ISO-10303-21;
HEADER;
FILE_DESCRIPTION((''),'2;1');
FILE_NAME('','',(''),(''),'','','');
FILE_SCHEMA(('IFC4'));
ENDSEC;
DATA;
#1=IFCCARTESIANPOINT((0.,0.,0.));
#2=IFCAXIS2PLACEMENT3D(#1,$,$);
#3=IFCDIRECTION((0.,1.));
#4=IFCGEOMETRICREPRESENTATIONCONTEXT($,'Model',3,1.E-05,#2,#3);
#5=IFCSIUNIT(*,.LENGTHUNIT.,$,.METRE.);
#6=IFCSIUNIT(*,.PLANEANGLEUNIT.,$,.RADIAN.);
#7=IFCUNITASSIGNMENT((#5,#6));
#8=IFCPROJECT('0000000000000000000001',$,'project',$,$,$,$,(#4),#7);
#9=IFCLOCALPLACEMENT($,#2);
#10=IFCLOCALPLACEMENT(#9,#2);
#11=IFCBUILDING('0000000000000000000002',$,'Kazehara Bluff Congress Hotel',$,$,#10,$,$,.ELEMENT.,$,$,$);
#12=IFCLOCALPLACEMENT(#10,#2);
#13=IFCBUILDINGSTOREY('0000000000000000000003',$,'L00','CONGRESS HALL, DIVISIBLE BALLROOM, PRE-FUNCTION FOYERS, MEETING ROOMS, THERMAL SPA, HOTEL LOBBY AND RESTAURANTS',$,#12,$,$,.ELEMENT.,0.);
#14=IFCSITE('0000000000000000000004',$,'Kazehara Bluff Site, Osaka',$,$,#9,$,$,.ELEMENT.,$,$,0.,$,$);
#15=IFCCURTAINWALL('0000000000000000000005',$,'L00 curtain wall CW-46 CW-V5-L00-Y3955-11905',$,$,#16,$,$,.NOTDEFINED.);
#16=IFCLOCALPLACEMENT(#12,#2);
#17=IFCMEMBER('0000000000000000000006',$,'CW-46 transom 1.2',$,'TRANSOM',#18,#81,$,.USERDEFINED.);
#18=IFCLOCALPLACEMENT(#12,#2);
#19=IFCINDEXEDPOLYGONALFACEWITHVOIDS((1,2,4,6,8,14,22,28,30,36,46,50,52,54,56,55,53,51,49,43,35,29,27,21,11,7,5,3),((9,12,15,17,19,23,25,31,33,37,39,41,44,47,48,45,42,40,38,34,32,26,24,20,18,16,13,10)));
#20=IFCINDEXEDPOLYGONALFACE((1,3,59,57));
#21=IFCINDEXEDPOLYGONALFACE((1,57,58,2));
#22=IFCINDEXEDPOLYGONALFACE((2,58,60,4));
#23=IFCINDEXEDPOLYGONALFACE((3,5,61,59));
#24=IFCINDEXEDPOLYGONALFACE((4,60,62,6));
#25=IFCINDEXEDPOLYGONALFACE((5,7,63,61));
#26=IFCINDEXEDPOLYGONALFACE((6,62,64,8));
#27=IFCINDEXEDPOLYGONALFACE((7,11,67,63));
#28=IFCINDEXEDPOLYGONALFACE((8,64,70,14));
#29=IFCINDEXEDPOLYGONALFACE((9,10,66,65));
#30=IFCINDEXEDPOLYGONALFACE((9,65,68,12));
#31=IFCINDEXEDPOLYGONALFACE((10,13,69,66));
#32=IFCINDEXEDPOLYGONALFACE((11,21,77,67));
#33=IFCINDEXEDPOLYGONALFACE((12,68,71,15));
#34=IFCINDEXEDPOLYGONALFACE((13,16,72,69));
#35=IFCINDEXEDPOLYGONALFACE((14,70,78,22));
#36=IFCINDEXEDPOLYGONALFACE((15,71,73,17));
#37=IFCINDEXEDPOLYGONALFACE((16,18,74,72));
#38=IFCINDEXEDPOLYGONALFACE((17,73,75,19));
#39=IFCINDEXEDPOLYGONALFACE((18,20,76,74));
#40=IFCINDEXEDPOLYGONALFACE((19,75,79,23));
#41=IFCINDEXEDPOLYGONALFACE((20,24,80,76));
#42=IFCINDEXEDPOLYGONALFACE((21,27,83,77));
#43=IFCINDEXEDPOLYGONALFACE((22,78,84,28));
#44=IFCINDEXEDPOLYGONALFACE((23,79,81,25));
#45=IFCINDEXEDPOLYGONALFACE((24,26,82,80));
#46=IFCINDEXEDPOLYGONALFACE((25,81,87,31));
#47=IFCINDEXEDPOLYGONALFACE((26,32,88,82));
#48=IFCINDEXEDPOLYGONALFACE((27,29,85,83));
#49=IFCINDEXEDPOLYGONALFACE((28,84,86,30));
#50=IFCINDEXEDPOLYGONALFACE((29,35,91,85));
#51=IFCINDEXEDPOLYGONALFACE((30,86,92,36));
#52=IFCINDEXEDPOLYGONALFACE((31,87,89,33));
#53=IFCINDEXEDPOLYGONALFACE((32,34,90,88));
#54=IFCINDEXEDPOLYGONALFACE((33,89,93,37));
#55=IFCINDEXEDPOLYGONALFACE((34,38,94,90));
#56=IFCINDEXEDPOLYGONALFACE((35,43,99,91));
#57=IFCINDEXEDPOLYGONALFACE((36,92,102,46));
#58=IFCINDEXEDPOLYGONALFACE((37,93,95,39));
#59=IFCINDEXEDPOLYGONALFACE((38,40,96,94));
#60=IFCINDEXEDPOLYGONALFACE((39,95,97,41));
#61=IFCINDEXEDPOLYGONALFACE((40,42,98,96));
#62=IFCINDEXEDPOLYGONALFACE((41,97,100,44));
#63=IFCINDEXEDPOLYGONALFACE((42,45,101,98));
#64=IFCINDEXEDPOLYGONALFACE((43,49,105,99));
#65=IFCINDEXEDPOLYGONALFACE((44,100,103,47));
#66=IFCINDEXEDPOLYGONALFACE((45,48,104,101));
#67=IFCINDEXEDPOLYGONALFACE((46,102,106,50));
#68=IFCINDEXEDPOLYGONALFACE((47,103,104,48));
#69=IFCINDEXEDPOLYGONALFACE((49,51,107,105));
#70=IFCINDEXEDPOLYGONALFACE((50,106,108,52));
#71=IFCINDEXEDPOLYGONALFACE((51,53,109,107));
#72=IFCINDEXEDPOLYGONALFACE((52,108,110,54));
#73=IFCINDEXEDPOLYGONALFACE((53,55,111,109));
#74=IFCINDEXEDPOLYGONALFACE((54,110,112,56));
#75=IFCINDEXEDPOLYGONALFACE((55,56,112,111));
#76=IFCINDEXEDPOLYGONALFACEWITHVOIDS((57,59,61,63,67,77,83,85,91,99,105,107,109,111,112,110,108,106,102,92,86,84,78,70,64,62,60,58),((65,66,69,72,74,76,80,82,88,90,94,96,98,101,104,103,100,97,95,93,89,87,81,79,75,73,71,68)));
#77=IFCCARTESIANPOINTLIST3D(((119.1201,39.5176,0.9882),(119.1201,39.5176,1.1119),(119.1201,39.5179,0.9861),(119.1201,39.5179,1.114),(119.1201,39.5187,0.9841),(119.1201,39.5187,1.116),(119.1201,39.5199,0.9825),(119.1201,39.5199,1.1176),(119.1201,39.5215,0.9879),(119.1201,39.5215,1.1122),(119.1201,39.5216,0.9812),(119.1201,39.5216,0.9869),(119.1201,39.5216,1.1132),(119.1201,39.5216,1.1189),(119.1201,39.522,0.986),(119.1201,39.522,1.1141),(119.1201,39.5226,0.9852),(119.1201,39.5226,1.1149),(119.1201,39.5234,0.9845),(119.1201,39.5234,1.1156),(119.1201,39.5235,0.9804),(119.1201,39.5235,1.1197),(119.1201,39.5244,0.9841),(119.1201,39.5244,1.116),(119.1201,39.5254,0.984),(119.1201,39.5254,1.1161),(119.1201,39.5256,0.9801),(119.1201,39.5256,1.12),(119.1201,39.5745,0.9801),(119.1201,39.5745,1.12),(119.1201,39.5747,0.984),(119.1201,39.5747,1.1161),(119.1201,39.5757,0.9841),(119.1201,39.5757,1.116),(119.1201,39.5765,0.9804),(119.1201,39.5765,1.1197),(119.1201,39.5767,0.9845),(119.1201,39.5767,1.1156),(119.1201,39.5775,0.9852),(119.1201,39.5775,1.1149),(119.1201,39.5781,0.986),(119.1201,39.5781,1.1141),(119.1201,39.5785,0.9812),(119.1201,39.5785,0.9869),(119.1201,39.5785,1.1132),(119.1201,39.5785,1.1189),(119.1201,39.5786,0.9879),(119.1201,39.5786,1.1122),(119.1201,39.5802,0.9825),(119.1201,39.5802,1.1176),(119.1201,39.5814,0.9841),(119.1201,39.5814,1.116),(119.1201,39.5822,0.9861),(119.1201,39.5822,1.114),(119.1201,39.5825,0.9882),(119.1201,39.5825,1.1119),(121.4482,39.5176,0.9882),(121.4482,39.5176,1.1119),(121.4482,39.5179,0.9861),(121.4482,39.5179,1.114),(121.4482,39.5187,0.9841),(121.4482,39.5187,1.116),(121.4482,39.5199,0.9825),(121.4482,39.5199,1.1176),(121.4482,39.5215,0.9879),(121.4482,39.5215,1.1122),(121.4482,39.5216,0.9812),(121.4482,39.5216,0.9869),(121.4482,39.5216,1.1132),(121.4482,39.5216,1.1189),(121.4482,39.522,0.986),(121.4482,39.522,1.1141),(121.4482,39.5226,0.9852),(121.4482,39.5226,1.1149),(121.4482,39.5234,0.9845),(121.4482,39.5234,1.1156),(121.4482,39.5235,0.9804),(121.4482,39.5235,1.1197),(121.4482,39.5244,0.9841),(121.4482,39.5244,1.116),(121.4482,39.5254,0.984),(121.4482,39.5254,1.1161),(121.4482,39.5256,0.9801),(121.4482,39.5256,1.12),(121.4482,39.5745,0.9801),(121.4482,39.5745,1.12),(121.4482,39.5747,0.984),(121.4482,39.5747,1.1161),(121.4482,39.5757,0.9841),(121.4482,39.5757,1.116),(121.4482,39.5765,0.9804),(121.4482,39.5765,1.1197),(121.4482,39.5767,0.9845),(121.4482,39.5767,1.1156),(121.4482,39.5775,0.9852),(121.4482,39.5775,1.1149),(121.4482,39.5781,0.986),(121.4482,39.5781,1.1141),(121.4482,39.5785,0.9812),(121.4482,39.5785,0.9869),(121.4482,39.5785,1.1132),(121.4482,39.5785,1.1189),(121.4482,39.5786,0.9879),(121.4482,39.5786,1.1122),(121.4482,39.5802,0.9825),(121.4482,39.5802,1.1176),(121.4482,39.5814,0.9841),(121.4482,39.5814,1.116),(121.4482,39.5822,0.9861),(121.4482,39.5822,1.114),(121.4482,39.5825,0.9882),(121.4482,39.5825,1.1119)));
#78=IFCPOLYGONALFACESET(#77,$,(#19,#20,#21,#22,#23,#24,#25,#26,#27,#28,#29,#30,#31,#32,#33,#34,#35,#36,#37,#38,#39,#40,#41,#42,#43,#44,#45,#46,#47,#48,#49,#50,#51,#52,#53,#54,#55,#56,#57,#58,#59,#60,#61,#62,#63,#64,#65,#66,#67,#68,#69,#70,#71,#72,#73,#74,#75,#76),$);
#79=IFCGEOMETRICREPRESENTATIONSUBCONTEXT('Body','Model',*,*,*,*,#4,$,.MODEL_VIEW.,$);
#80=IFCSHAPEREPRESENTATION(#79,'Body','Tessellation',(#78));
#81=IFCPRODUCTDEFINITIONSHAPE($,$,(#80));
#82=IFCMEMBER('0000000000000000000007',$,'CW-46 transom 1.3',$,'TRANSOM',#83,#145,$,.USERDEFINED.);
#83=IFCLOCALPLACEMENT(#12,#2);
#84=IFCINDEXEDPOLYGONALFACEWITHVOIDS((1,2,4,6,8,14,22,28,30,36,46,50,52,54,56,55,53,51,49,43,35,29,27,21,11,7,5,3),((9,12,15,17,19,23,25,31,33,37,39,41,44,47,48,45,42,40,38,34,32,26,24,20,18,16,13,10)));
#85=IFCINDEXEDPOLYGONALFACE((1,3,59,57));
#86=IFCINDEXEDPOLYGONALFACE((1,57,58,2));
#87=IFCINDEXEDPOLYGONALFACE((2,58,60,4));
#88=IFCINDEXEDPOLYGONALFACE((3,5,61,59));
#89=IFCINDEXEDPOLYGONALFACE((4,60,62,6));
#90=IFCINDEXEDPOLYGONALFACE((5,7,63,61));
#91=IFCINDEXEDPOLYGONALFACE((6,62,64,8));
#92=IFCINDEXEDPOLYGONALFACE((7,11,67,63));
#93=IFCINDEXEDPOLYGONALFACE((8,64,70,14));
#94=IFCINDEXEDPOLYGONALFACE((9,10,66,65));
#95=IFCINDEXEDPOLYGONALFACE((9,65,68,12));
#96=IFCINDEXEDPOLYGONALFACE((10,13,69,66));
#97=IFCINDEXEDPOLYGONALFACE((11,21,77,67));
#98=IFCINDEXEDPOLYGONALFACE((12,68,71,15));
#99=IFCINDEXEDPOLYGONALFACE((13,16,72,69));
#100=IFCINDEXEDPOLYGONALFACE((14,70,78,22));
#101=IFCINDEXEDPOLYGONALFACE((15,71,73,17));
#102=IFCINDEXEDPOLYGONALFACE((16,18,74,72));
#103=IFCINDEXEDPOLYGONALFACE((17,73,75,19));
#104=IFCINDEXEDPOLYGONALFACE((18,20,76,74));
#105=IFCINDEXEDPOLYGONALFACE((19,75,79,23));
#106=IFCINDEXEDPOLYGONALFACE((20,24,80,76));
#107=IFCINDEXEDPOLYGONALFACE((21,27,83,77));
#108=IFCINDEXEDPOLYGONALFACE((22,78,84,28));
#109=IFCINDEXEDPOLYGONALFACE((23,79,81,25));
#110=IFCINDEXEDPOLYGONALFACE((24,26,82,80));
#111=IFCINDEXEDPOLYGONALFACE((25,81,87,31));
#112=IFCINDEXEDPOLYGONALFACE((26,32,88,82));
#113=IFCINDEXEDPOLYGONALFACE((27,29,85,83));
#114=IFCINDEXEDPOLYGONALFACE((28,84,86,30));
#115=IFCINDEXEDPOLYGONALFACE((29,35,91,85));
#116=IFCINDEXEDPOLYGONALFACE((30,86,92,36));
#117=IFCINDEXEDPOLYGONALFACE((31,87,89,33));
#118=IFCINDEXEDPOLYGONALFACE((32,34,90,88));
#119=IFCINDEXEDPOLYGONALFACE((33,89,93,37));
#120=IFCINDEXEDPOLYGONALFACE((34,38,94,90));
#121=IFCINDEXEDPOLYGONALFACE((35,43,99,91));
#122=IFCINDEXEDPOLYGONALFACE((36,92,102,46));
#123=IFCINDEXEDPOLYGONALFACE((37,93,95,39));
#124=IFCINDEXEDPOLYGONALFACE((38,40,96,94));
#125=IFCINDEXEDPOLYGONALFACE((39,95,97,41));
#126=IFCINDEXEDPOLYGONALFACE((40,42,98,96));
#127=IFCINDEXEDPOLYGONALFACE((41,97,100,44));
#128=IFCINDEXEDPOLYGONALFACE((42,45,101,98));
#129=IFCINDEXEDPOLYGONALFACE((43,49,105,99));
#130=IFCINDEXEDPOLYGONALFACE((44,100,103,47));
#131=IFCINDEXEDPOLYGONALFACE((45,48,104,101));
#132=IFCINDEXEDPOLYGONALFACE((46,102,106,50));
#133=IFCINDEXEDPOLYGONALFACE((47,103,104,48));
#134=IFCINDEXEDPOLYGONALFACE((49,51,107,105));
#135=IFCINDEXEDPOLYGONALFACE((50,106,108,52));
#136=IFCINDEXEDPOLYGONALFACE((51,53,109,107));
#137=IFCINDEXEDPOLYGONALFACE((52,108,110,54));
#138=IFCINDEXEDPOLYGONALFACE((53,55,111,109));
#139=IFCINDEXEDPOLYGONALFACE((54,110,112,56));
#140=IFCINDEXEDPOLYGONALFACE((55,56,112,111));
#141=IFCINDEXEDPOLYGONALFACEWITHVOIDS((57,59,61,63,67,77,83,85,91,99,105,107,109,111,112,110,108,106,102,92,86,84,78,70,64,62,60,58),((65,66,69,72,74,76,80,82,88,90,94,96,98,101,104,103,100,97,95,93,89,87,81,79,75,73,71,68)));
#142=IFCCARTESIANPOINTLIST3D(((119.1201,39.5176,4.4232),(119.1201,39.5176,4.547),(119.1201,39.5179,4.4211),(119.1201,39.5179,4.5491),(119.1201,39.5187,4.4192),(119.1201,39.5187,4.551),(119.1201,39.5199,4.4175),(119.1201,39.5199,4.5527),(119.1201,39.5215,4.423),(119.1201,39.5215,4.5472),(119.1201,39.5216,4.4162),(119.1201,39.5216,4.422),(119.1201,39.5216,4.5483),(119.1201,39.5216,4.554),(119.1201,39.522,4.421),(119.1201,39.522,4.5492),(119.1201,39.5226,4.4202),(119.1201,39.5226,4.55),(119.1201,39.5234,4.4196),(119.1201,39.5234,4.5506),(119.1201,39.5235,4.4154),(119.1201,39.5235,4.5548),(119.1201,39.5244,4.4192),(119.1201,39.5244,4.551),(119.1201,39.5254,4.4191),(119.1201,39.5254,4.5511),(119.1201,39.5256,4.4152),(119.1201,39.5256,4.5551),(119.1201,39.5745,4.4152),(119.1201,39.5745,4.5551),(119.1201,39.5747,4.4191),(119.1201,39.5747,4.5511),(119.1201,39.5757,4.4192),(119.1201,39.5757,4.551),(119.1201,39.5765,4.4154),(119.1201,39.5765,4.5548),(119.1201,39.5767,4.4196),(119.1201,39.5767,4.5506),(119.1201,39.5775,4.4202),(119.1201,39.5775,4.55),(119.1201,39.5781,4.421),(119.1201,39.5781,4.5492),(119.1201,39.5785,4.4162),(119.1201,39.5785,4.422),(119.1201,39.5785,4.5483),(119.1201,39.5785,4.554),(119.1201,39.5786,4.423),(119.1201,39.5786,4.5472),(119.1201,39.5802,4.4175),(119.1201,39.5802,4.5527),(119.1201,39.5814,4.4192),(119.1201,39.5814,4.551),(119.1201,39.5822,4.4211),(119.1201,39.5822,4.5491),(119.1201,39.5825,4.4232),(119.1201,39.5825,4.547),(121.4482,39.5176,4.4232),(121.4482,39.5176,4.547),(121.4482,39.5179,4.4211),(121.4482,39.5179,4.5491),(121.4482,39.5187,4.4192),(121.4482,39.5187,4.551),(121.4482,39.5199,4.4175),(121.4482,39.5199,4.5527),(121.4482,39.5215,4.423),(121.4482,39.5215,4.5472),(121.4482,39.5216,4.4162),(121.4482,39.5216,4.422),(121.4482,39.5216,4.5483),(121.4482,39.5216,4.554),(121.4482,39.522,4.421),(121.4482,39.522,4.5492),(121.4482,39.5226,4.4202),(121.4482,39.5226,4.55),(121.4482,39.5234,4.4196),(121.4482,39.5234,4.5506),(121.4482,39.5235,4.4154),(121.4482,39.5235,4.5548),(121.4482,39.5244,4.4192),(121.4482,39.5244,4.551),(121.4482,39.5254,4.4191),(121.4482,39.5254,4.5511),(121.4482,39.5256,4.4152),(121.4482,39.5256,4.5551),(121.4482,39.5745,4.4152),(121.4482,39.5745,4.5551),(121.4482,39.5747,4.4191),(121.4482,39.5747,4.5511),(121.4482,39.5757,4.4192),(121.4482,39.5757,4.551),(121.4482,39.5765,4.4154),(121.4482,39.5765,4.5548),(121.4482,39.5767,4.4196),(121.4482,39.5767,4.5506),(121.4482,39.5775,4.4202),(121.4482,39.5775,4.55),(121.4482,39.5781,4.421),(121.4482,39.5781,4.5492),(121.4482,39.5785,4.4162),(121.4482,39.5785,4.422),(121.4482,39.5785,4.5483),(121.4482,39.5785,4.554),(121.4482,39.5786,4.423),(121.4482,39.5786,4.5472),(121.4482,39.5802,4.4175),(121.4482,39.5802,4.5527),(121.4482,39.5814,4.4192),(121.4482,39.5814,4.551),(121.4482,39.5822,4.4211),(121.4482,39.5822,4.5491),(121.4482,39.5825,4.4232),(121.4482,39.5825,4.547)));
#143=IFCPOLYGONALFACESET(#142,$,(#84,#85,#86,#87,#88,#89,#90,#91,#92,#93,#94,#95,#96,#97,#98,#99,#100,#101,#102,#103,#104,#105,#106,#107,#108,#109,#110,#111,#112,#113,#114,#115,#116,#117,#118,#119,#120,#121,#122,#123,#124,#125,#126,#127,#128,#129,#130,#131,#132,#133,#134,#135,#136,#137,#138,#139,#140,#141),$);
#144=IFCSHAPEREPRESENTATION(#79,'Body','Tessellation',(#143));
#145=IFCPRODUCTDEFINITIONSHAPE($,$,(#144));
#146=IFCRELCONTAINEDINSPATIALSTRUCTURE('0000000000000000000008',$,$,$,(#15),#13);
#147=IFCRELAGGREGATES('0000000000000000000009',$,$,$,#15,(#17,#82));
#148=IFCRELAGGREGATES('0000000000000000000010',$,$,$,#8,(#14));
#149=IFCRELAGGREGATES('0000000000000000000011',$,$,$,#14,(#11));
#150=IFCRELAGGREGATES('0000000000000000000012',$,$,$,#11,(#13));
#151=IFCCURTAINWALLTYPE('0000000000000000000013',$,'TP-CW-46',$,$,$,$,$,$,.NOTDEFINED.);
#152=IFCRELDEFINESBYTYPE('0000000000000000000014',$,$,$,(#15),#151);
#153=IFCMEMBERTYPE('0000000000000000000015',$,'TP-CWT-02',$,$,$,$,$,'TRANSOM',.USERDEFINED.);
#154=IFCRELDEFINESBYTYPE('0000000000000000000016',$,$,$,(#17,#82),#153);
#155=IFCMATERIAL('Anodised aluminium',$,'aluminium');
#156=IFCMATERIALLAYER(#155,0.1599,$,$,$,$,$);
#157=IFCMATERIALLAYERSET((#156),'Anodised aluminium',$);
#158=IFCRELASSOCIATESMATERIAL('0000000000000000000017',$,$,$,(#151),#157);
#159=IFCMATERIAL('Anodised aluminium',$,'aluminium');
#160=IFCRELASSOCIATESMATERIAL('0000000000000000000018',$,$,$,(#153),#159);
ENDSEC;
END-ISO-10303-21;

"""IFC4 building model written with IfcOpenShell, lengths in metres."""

from ifc_helpers import new_model, si_unit, direction, frame, origin, origin_2d, place, context, subcontext, project, spatial, hollow_rectangle, extrude, material, layer, layer_set, material_profile, profile_set, type_object, element, aggregate, save


model = new_model("IFC4")

# Units and contexts
model_context = context("Model", 3, precision=1e-05, world=origin(), true_north=direction((0.0, 1.0)))
body_context = subcontext(model_context, "Body", "Model", "MODEL_VIEW")
ifc_project = project(units=[si_unit("LENGTHUNIT", "METRE"), si_unit("PLANEANGLEUNIT", "RADIAN")], contexts=[model_context])

# Site, building, storey
site_placement = place(None, origin())
site = spatial("IfcSite", under=ifc_project, at=site_placement, Name="Kazehara Bluff Site, Osaka", CompositionType="ELEMENT", RefElevation=0.0)
building_placement = place(site_placement, origin())
building = spatial("IfcBuilding", under=site, at=building_placement, Name="Kazehara Bluff Congress Hotel", CompositionType="ELEMENT")
storey_placement = place(building_placement, origin())
storey = spatial("IfcBuildingStorey", under=building, at=storey_placement, Name="L00", Description="CONGRESS HALL, DIVISIBLE BALLROOM, PRE-FUNCTION FOYERS, MEETING ROOMS, THERMAL SPA, HOTEL LOBBY AND RESTAURANTS", CompositionType="ELEMENT", Elevation=0.0)

# Curtain wall, members
ifc_material_1 = material(Name="Anodised aluminium", Category="aluminium")
ifc_layer_1 = layer(ifc_material_1, 0.1599)
ifc_layer_set_1 = layer_set([ifc_layer_1], Name="Anodised aluminium")
curtain_wall_type = type_object("IfcCurtainWallType", Name="TP-CW-46", PredefinedType="NOTDEFINED", material=ifc_layer_set_1)
curtain_wall_placement = place(storey_placement, origin())
curtain_wall = element("IfcCurtainWall", 1, at=curtain_wall_placement, inside=storey, type_object=curtain_wall_type, Name="L00 curtain wall CW-46 CW-V5-L00-Y3955-11905", PredefinedType="NOTDEFINED")
ifc_material_2 = material(Name="Anodised aluminium", Category="aluminium")
ifc_material_profile_1 = material_profile(ifc_material_2, hollow_rectangle(XDim=0.0649, YDim=0.1399, WallThickness=0.0039, InnerFilletRadius=0.0039, OuterFilletRadius=0.0081, at=origin_2d()))
ifc_profile_set_1 = profile_set([ifc_material_profile_1], Name="Anodised aluminium")
member_type_1 = type_object("IfcMemberType", Name="TP-CWT-02", ElementType="TRANSOM", PredefinedType="USERDEFINED", material=ifc_profile_set_1)
member_1_placement = place(storey_placement, frame((119.1201, 39.55, 1.05), z_axis=(1.0, 0.0, 0.0), x_axis=(0.0, 1.0, 0.0)))
member_1 = element("IfcMember", 2, at=member_1_placement, type_object=member_type_1, Name="CW-46 transom 1.2", ObjectType="TRANSOM", PredefinedType="USERDEFINED", context=body_context, shape_type="SweptSolid", body=[
    extrude(hollow_rectangle(XDim=0.0649, YDim=0.1399, WallThickness=0.0039, InnerFilletRadius=0.0039, OuterFilletRadius=0.0081, at=origin_2d()), origin(), (0.0, 0.0, 1.0), 2.3281),
])
member_2_placement = place(storey_placement, frame((119.1201, 39.55, 4.4851), z_axis=(1.0, 0.0, 0.0), x_axis=(0.0, 1.0, 0.0)))
member_2 = element("IfcMember", 3, at=member_2_placement, type_object=member_type_1, Name="CW-46 transom 1.3", ObjectType="TRANSOM", PredefinedType="USERDEFINED", context=body_context, shape_type="SweptSolid", body=[
    extrude(hollow_rectangle(XDim=0.0649, YDim=0.1399, WallThickness=0.0039, InnerFilletRadius=0.0039, OuterFilletRadius=0.0081, at=origin_2d()), origin(), (0.0, 0.0, 1.0), 2.3281),
])

aggregate(curtain_wall, [member_1, member_2])

save(model, "model.ifc")
